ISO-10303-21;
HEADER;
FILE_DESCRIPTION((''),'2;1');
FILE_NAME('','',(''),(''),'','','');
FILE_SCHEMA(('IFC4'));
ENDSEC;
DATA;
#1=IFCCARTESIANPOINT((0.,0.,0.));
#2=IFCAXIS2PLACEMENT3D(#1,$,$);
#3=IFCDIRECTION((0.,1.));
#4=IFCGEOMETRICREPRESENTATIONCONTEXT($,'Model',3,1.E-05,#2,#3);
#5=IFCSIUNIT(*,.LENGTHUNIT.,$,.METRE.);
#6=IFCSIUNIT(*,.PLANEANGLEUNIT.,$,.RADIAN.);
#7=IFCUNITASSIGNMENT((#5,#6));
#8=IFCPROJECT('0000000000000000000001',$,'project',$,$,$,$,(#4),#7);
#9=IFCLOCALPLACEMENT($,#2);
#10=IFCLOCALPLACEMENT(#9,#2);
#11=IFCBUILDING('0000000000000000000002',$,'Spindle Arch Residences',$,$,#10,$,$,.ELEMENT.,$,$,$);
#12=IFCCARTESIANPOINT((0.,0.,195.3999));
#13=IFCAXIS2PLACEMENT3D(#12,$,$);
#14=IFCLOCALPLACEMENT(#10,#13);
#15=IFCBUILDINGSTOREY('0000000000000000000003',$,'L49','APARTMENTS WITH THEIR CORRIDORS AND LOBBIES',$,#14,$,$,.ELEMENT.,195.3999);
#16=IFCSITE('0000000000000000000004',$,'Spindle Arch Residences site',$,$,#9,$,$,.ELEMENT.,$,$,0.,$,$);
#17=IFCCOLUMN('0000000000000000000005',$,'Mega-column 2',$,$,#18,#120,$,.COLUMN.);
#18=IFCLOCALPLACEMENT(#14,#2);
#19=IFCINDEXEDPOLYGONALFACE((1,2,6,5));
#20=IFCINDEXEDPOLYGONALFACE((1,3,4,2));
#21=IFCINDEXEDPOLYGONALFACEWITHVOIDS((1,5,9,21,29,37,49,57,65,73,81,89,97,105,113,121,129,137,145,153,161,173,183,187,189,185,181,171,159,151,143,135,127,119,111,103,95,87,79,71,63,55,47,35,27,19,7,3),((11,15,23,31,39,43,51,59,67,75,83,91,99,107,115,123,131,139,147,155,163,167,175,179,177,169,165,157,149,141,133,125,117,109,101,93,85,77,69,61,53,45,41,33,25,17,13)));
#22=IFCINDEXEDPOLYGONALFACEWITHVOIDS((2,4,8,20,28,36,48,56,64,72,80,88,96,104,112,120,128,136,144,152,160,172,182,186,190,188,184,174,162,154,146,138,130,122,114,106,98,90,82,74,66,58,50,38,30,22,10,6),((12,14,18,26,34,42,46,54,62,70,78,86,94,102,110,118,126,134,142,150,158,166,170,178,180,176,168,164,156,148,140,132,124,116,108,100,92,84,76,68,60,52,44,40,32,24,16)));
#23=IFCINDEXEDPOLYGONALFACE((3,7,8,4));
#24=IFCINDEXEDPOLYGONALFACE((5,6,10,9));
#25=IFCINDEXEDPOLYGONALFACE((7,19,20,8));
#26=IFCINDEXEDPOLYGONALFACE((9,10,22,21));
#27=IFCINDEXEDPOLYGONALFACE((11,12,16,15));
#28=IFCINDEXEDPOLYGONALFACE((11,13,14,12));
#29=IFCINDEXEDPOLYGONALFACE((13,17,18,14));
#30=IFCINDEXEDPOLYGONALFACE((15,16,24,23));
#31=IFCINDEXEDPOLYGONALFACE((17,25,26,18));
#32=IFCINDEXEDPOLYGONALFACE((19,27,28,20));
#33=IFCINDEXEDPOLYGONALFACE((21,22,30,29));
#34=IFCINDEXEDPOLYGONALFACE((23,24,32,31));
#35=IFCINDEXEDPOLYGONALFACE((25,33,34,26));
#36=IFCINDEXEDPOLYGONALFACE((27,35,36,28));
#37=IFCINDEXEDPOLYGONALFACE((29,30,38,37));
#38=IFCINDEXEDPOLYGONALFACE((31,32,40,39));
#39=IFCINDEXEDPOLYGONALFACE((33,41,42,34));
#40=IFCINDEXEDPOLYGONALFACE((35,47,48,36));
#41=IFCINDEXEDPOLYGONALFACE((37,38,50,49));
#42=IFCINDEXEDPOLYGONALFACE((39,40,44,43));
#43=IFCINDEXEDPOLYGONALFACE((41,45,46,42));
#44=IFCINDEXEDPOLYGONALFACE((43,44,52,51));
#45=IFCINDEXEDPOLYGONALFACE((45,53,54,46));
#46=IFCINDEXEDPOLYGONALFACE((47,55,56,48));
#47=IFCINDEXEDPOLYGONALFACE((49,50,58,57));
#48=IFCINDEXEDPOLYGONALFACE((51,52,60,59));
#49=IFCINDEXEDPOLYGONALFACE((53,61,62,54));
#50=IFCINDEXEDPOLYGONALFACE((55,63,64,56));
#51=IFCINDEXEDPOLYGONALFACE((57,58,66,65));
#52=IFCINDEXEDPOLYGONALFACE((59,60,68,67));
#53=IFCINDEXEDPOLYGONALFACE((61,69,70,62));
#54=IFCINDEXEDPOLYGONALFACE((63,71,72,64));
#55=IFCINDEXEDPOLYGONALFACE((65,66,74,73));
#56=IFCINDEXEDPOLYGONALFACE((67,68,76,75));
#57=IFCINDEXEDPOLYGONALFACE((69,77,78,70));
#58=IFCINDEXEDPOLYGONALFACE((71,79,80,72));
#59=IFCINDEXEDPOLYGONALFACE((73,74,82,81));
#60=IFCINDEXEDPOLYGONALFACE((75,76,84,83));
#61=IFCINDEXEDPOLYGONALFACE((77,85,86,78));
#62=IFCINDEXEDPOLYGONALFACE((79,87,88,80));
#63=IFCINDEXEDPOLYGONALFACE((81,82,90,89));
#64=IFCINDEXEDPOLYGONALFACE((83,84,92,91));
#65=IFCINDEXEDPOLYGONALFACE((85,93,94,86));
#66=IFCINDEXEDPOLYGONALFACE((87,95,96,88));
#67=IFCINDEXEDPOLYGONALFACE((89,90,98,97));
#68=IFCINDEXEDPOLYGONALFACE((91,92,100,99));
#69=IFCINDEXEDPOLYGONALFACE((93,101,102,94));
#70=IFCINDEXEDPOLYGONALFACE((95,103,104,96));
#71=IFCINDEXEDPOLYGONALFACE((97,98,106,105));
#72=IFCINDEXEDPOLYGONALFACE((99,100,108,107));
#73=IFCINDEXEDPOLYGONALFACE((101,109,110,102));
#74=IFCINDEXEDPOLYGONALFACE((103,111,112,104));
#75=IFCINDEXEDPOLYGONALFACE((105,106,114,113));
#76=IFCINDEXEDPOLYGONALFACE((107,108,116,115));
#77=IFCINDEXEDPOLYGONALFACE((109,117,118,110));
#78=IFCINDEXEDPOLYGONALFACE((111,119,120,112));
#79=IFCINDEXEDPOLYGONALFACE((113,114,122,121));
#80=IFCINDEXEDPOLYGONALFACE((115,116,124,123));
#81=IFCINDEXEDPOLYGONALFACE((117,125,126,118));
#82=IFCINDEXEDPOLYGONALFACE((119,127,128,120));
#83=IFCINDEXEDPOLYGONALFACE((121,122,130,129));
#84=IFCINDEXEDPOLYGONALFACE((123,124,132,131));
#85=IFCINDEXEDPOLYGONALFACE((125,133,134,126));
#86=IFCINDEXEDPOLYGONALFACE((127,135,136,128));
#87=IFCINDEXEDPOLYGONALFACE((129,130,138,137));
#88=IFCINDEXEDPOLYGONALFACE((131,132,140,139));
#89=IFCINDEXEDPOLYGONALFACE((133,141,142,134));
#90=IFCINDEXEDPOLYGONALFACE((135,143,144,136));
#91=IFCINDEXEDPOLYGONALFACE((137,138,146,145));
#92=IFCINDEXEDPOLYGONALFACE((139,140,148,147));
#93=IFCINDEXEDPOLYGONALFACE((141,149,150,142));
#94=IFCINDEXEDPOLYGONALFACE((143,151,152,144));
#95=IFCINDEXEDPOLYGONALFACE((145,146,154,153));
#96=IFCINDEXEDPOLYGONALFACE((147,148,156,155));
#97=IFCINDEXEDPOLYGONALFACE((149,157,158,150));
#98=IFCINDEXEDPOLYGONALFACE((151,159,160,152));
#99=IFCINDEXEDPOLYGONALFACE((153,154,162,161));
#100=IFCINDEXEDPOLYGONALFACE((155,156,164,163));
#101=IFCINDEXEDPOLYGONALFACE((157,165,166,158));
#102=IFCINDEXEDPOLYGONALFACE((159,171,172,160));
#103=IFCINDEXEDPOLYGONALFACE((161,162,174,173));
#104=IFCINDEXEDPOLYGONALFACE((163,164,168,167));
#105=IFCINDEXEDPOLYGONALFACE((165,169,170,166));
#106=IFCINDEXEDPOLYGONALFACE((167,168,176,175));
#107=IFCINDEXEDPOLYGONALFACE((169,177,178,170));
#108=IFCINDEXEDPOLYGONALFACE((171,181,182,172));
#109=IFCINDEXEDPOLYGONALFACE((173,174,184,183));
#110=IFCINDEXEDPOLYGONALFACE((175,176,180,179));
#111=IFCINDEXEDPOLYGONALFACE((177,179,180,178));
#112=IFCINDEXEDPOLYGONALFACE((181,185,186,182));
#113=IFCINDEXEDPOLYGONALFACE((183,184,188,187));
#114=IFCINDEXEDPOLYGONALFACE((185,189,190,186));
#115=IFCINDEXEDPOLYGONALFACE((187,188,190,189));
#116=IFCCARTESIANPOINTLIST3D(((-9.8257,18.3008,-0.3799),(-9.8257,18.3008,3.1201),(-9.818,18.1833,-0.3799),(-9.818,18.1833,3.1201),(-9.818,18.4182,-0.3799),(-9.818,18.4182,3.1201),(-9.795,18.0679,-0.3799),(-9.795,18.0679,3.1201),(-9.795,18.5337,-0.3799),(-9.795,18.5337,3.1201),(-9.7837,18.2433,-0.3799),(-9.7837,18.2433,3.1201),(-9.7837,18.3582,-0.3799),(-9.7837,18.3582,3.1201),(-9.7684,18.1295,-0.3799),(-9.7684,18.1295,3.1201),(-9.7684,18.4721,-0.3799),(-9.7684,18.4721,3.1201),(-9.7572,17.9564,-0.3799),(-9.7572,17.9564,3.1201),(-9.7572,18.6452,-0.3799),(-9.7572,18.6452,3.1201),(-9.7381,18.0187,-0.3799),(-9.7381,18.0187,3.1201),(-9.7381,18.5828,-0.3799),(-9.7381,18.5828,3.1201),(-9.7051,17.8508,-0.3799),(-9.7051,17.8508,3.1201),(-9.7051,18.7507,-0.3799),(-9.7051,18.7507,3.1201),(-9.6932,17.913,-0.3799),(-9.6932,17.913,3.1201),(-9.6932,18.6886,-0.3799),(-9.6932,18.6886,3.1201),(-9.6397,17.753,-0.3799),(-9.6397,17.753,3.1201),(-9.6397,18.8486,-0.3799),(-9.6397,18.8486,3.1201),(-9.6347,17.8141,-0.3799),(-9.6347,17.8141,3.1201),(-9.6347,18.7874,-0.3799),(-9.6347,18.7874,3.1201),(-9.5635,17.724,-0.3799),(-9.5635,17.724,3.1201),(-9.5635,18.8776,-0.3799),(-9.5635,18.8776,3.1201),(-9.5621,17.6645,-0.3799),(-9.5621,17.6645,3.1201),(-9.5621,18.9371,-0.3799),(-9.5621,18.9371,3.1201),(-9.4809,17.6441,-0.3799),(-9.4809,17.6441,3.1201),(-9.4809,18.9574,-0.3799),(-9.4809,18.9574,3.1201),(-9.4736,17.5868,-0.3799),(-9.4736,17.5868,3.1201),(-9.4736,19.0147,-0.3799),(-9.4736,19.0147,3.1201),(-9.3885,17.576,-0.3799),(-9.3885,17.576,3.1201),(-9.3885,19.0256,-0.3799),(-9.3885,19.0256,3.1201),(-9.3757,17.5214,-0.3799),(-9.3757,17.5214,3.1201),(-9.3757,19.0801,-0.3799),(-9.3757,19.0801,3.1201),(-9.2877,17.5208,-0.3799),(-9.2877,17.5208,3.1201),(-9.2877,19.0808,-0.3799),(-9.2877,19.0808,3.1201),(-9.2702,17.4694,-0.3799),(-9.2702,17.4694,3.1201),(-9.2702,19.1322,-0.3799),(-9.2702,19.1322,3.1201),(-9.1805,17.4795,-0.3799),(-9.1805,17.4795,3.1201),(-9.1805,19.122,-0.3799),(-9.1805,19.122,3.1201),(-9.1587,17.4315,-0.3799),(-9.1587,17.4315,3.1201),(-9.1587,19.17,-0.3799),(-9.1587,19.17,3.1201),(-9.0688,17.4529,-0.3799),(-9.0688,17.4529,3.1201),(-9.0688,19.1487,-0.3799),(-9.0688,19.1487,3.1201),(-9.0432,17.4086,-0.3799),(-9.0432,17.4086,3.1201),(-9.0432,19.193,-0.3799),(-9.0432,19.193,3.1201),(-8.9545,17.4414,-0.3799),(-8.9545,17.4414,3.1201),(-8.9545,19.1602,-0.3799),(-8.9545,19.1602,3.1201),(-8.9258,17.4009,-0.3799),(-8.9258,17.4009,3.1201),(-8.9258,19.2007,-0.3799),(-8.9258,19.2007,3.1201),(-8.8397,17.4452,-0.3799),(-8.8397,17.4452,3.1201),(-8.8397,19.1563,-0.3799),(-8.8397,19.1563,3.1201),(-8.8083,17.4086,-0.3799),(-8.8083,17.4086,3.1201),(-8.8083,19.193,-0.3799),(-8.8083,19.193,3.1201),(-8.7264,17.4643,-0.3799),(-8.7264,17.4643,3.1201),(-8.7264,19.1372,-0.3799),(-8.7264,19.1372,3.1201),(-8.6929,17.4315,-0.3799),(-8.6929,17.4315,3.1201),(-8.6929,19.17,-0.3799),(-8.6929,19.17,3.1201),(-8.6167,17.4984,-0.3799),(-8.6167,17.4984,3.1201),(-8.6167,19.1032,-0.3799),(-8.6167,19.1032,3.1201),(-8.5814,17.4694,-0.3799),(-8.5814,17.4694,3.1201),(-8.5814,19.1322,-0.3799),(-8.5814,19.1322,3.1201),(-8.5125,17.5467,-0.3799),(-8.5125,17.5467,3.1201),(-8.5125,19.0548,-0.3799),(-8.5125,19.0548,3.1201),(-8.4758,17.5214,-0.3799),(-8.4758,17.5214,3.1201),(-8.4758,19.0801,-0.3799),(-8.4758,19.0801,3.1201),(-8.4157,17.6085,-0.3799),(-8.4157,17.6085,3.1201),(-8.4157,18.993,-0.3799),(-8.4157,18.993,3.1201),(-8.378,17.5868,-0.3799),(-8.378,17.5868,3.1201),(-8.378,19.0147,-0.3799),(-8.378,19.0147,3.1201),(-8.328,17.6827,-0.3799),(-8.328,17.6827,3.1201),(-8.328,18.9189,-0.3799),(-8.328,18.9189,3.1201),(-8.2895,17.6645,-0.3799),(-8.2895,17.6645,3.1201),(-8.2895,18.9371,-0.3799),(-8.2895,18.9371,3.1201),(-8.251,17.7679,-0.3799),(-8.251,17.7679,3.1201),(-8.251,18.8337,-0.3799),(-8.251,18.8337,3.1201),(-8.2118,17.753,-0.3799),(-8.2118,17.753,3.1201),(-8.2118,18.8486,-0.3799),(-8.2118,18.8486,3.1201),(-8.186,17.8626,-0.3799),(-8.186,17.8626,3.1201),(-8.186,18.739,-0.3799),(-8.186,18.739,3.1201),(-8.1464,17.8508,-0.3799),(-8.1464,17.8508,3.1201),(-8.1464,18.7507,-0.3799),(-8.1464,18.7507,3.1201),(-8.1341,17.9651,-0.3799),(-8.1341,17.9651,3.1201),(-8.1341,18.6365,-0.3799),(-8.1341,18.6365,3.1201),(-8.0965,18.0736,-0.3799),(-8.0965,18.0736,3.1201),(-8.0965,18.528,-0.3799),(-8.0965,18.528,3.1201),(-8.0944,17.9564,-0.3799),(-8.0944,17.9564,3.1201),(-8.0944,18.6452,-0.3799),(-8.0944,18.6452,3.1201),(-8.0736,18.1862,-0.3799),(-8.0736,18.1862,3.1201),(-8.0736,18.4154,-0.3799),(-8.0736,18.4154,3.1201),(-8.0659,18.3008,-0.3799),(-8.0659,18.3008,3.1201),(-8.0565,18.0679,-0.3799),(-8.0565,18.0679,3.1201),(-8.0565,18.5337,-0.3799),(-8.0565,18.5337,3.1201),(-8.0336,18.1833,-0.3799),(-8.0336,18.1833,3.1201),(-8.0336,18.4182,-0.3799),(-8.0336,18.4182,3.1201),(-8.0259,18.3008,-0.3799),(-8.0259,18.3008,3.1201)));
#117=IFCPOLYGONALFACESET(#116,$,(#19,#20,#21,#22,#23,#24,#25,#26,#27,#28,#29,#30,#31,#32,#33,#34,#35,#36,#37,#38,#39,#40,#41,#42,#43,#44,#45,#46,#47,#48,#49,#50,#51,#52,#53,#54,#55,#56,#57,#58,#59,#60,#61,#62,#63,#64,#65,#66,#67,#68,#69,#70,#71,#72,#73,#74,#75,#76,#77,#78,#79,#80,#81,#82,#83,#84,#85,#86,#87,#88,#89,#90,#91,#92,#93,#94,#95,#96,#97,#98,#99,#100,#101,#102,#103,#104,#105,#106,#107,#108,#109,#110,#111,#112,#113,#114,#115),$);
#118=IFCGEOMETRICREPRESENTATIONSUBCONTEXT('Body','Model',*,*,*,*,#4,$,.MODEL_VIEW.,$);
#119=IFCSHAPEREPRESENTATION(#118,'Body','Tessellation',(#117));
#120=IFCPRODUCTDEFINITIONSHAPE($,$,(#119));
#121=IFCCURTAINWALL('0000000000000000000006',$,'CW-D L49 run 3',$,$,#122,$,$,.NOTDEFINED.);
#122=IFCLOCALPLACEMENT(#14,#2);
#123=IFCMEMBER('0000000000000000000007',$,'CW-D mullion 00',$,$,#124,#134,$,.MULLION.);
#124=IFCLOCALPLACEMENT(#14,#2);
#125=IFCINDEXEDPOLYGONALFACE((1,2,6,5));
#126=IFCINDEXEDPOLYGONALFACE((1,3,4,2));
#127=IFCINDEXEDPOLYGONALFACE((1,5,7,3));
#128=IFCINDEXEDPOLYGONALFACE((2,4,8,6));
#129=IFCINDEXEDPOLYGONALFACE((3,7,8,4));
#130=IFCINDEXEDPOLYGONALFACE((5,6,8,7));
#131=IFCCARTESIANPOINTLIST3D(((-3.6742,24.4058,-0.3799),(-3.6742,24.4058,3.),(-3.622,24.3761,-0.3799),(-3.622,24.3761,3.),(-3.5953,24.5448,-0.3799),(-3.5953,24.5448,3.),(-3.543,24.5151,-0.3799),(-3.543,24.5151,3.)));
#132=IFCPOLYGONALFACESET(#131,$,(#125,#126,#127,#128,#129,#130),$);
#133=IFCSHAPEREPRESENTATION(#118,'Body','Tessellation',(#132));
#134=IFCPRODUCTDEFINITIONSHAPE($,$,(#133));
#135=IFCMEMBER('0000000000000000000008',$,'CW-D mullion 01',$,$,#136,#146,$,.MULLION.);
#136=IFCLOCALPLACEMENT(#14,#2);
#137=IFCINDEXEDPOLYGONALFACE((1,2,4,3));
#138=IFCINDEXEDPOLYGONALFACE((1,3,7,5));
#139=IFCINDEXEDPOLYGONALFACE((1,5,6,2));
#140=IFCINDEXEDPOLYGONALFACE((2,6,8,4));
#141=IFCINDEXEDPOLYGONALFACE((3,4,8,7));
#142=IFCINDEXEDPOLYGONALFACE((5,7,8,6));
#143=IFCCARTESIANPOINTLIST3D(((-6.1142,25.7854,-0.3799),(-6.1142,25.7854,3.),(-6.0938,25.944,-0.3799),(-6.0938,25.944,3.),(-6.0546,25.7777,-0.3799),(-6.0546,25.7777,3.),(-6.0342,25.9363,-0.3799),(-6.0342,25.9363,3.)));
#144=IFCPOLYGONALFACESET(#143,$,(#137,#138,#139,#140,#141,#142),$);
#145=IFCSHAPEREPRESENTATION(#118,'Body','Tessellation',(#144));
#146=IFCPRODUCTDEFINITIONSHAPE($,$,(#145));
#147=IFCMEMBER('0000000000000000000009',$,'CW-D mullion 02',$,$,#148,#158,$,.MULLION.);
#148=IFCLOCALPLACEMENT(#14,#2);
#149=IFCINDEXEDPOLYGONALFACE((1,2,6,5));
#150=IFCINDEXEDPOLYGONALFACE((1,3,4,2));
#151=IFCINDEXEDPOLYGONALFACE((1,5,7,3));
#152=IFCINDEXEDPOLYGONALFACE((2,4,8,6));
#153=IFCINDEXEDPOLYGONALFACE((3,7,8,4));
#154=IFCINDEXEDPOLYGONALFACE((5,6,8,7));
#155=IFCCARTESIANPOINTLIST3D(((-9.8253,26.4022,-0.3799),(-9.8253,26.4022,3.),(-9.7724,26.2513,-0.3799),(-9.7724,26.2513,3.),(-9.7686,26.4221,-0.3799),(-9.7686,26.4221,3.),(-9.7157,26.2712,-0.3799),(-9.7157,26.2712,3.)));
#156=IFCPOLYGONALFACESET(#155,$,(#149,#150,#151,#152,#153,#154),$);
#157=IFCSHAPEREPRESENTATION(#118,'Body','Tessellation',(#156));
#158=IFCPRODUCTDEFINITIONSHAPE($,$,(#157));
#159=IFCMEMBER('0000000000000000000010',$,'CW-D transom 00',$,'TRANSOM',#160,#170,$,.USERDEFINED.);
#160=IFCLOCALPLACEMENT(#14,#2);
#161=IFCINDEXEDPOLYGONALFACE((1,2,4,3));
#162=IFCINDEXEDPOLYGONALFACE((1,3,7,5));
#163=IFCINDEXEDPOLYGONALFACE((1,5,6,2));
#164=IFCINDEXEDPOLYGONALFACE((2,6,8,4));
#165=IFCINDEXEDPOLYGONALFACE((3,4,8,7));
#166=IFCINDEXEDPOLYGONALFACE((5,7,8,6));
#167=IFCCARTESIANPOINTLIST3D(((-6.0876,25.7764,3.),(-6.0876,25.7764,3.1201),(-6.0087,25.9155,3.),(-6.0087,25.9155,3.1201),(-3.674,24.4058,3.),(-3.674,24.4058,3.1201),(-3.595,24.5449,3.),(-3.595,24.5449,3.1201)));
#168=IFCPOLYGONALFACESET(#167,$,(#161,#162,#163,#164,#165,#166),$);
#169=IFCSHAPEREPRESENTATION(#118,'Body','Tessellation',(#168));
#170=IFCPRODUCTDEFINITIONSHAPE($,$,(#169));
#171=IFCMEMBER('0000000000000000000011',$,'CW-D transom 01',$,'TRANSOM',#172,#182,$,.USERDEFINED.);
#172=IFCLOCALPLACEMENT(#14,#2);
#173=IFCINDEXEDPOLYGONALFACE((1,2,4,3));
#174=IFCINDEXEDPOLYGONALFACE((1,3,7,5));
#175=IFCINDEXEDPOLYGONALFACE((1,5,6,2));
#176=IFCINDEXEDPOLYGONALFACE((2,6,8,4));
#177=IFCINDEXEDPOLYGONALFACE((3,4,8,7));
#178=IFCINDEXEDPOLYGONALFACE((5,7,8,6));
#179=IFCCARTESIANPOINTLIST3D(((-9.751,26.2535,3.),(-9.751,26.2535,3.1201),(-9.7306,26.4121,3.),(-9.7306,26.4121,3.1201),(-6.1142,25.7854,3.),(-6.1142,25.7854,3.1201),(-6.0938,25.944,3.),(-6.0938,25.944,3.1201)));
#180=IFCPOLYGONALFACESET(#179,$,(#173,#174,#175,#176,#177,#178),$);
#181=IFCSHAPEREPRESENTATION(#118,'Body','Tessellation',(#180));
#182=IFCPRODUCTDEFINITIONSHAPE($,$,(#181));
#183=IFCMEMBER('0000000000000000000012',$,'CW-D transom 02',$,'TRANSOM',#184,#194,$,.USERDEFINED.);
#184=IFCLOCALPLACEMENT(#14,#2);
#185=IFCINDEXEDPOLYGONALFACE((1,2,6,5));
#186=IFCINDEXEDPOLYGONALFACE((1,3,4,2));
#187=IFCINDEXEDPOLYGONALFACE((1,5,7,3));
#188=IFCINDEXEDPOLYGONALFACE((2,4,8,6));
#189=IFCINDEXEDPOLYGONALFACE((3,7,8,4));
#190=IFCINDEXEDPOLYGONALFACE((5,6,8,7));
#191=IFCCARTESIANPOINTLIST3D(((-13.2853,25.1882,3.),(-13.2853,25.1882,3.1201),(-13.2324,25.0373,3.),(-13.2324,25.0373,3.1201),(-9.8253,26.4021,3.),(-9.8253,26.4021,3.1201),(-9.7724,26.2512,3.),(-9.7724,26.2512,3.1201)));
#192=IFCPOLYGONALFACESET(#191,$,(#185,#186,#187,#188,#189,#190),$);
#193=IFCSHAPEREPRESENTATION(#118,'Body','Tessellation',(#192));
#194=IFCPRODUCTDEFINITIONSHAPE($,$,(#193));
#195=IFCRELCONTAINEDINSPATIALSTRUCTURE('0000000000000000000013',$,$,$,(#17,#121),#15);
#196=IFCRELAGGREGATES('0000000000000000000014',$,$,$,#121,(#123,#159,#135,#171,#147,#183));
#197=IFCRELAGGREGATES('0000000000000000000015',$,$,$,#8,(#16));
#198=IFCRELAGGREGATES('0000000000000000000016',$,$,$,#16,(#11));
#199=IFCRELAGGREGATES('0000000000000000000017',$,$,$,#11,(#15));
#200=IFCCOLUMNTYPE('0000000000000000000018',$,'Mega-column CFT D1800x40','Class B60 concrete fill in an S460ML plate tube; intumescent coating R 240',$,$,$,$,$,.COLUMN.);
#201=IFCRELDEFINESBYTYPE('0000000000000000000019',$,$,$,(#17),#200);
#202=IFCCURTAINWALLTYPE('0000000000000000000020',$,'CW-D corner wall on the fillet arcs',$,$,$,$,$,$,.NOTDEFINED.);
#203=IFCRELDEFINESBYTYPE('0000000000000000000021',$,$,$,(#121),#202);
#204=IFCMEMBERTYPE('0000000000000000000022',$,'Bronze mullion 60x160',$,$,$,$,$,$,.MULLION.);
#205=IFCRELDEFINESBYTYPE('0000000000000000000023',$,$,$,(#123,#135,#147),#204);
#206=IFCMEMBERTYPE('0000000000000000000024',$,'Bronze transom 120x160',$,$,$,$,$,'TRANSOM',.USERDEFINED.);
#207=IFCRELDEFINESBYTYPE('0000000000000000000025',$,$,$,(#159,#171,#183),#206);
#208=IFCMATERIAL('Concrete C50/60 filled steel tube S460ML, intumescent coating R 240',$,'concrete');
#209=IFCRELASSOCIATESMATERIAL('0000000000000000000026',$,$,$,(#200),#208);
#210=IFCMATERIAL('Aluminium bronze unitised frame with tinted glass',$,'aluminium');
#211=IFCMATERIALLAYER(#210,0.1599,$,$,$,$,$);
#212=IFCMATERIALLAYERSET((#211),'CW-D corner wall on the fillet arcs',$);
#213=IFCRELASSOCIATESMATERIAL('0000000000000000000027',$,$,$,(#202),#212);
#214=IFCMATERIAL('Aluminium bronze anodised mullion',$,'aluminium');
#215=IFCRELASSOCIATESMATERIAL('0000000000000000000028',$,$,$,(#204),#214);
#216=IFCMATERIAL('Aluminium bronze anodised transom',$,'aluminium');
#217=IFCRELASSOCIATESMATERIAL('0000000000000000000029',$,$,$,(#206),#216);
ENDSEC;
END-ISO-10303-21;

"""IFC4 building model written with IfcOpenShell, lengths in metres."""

from ifc_helpers import new_model, si_unit, direction, frame, origin, origin_2d, place, context, subcontext, project, spatial, rectangle, hollow_circle, extrude, material, layer, layer_set, material_profile, profile_set, type_object, element, aggregate, save


model = new_model("IFC4")

# Units and contexts
model_context = context("Model", 3, precision=1e-05, world=origin(), true_north=direction((0.0, 1.0)))
body_context = subcontext(model_context, "Body", "Model", "MODEL_VIEW")
ifc_project = project(units=[si_unit("LENGTHUNIT", "METRE"), si_unit("PLANEANGLEUNIT", "RADIAN")], contexts=[model_context])

# Site, building, storey
site_placement = place(None, origin())
site = spatial("IfcSite", under=ifc_project, at=site_placement, Name="Spindle Arch Residences site", CompositionType="ELEMENT", RefElevation=0.0)
building_placement = place(site_placement, origin())
building = spatial("IfcBuilding", under=site, at=building_placement, Name="Spindle Arch Residences", CompositionType="ELEMENT")
storey_placement = place(building_placement, frame((0.0, 0.0, 195.3999)))
storey = spatial("IfcBuildingStorey", under=building, at=storey_placement, Name="L49", Description="APARTMENTS WITH THEIR CORRIDORS AND LOBBIES", CompositionType="ELEMENT", Elevation=195.3999)

# Column
ifc_material_1 = material(Name="Concrete C50/60 filled steel tube S460ML, intumescent coating R 240", Category="concrete")
ifc_material_profile_1 = material_profile(ifc_material_1, hollow_circle(Radius=0.8999, WallThickness=0.04, at=origin_2d()), Name="CFT D1800x40")
ifc_profile_set_1 = profile_set([ifc_material_profile_1], Name="Concrete C50/60 filled steel tube S460ML, intumescent coating R 240")
column_type_1 = type_object("IfcColumnType", Name="Mega-column CFT D1800x40", Description="Class B60 concrete fill in an S460ML plate tube; intumescent coating R 240", PredefinedType="COLUMN", material=ifc_profile_set_1)
column_placement = place(storey_placement, frame((-8.9258, 18.3008, -0.3799), z_axis=(0.0, 0.0, 1.0), x_axis=(1.0, 0.0, 0.0)))
element("IfcColumn", 1, at=column_placement, inside=storey, type_object=column_type_1, Name="Mega-column 2", PredefinedType="COLUMN", context=body_context, shape_type="SweptSolid", body=[
    extrude(hollow_circle(Radius=0.8999, WallThickness=0.04, at=origin_2d()), origin(), (0.0, 0.0, 1.0), 3.5),
])

# Curtain wall, members
ifc_material_2 = material(Name="Aluminium bronze unitised frame with tinted glass", Category="aluminium")
ifc_layer_1 = layer(ifc_material_2, 0.1599)
ifc_layer_set_1 = layer_set([ifc_layer_1], Name="CW-D corner wall on the fillet arcs")
curtain_wall_type_1 = type_object("IfcCurtainWallType", Name="CW-D corner wall on the fillet arcs", PredefinedType="NOTDEFINED", material=ifc_layer_set_1)
curtain_wall_1_placement = place(storey_placement, origin())
curtain_wall_1 = element("IfcCurtainWall", 2, at=curtain_wall_1_placement, inside=storey, type_object=curtain_wall_type_1, Name="CW-D L49 run 3", PredefinedType="NOTDEFINED")
ifc_material_3 = material(Name="Aluminium bronze anodised mullion", Category="aluminium")
ifc_material_profile_2 = material_profile(ifc_material_3, rectangle(XDim=0.1599, YDim=0.0601, at=origin_2d()), Name="MU 60x160")
ifc_profile_set_2 = profile_set([ifc_material_profile_2], Name="Aluminium bronze anodised mullion")
member_type_1 = type_object("IfcMemberType", Name="Bronze mullion 60x160", PredefinedType="MULLION", material=ifc_profile_set_2)
member_1_placement = place(storey_placement, frame((-3.6086, 24.4604, -0.3799), z_axis=(0.0, 0.0, 1.0), x_axis=(-0.493865, -0.869539, 0.0)))
member_1 = element("IfcMember", 3, at=member_1_placement, type_object=member_type_1, Name="CW-D mullion 00", PredefinedType="MULLION", context=body_context, shape_type="SweptSolid", body=[
    extrude(rectangle(XDim=0.1599, YDim=0.0601, at=origin_2d()), origin(), (0.0, 0.0, 1.0), 3.3799),
])
member_2_placement = place(storey_placement, frame((-6.0742, 25.8608, -0.3799), z_axis=(0.0, 0.0, 1.0), x_axis=(-0.127642, -0.99182, 0.0)))
member_2 = element("IfcMember", 4, at=member_2_placement, type_object=member_type_1, Name="CW-D mullion 01", PredefinedType="MULLION", context=body_context, shape_type="SweptSolid", body=[
    extrude(rectangle(XDim=0.1599, YDim=0.0601, at=origin_2d()), origin(), (0.0, 0.0, 1.0), 3.3799),
])
member_3_placement = place(storey_placement, frame((-9.7705, 26.3367, -0.3799), z_axis=(0.0, 0.0, 1.0), x_axis=(0.331063, -0.943609, 0.0)))
member_3 = element("IfcMember", 5, at=member_3_placement, type_object=member_type_1, Name="CW-D mullion 02", PredefinedType="MULLION", context=body_context, shape_type="SweptSolid", body=[
    extrude(rectangle(XDim=0.1599, YDim=0.0601, at=origin_2d()), origin(), (0.0, 0.0, 1.0), 3.3799),
])
ifc_material_4 = material(Name="Aluminium bronze anodised transom", Category="aluminium")
ifc_material_profile_3 = material_profile(ifc_material_4, rectangle(XDim=0.1599, YDim=0.1201, at=origin_2d()), Name="TR 120x160")
ifc_profile_set_3 = profile_set([ifc_material_profile_3], Name="Aluminium bronze anodised transom")
member_type_2 = type_object("IfcMemberType", Name="Bronze transom 120x160", ElementType="TRANSOM", PredefinedType="USERDEFINED", material=ifc_profile_set_3)
member_4_placement = place(storey_placement, frame((-3.6345, 24.4753, 3.0601), z_axis=(-0.869572, 0.493807, 0.0), x_axis=(-0.493807, -0.869572, 0.0)))
member_4 = element("IfcMember", 6, at=member_4_placement, type_object=member_type_2, Name="CW-D transom 00", ObjectType="TRANSOM", PredefinedType="USERDEFINED", context=body_context, shape_type="SweptSolid", body=[
    extrude(rectangle(XDim=0.1599, YDim=0.1201, at=origin_2d()), origin(), (0.0, 0.0, 1.0), 2.7756),
])
member_5_placement = place(storey_placement, frame((-6.104, 25.8647, 3.0601), z_axis=(-0.991821, 0.12764, 0.0), x_axis=(-0.12764, -0.991821, 0.0)))
member_5 = element("IfcMember", 7, at=member_5_placement, type_object=member_type_2, Name="CW-D transom 01", ObjectType="TRANSOM", PredefinedType="USERDEFINED", context=body_context, shape_type="SweptSolid", body=[
    extrude(rectangle(XDim=0.1599, YDim=0.1201, at=origin_2d()), origin(), (0.0, 0.0, 1.0), 3.6667),
])
member_6_placement = place(storey_placement, frame((-9.7988, 26.3267, 3.0601), z_axis=(-0.943613, -0.33105, 0.0), x_axis=(0.33105, -0.943613, 0.0)))
member_6 = element("IfcMember", 8, at=member_6_placement, type_object=member_type_2, Name="CW-D transom 02", ObjectType="TRANSOM", PredefinedType="USERDEFINED", context=body_context, shape_type="SweptSolid", body=[
    extrude(rectangle(XDim=0.1599, YDim=0.1201, at=origin_2d()), origin(), (0.0, 0.0, 1.0), 3.6667),
])

aggregate(curtain_wall_1, [member_1, member_4, member_2, member_5, member_3, member_6])

save(model, "model.ifc")
